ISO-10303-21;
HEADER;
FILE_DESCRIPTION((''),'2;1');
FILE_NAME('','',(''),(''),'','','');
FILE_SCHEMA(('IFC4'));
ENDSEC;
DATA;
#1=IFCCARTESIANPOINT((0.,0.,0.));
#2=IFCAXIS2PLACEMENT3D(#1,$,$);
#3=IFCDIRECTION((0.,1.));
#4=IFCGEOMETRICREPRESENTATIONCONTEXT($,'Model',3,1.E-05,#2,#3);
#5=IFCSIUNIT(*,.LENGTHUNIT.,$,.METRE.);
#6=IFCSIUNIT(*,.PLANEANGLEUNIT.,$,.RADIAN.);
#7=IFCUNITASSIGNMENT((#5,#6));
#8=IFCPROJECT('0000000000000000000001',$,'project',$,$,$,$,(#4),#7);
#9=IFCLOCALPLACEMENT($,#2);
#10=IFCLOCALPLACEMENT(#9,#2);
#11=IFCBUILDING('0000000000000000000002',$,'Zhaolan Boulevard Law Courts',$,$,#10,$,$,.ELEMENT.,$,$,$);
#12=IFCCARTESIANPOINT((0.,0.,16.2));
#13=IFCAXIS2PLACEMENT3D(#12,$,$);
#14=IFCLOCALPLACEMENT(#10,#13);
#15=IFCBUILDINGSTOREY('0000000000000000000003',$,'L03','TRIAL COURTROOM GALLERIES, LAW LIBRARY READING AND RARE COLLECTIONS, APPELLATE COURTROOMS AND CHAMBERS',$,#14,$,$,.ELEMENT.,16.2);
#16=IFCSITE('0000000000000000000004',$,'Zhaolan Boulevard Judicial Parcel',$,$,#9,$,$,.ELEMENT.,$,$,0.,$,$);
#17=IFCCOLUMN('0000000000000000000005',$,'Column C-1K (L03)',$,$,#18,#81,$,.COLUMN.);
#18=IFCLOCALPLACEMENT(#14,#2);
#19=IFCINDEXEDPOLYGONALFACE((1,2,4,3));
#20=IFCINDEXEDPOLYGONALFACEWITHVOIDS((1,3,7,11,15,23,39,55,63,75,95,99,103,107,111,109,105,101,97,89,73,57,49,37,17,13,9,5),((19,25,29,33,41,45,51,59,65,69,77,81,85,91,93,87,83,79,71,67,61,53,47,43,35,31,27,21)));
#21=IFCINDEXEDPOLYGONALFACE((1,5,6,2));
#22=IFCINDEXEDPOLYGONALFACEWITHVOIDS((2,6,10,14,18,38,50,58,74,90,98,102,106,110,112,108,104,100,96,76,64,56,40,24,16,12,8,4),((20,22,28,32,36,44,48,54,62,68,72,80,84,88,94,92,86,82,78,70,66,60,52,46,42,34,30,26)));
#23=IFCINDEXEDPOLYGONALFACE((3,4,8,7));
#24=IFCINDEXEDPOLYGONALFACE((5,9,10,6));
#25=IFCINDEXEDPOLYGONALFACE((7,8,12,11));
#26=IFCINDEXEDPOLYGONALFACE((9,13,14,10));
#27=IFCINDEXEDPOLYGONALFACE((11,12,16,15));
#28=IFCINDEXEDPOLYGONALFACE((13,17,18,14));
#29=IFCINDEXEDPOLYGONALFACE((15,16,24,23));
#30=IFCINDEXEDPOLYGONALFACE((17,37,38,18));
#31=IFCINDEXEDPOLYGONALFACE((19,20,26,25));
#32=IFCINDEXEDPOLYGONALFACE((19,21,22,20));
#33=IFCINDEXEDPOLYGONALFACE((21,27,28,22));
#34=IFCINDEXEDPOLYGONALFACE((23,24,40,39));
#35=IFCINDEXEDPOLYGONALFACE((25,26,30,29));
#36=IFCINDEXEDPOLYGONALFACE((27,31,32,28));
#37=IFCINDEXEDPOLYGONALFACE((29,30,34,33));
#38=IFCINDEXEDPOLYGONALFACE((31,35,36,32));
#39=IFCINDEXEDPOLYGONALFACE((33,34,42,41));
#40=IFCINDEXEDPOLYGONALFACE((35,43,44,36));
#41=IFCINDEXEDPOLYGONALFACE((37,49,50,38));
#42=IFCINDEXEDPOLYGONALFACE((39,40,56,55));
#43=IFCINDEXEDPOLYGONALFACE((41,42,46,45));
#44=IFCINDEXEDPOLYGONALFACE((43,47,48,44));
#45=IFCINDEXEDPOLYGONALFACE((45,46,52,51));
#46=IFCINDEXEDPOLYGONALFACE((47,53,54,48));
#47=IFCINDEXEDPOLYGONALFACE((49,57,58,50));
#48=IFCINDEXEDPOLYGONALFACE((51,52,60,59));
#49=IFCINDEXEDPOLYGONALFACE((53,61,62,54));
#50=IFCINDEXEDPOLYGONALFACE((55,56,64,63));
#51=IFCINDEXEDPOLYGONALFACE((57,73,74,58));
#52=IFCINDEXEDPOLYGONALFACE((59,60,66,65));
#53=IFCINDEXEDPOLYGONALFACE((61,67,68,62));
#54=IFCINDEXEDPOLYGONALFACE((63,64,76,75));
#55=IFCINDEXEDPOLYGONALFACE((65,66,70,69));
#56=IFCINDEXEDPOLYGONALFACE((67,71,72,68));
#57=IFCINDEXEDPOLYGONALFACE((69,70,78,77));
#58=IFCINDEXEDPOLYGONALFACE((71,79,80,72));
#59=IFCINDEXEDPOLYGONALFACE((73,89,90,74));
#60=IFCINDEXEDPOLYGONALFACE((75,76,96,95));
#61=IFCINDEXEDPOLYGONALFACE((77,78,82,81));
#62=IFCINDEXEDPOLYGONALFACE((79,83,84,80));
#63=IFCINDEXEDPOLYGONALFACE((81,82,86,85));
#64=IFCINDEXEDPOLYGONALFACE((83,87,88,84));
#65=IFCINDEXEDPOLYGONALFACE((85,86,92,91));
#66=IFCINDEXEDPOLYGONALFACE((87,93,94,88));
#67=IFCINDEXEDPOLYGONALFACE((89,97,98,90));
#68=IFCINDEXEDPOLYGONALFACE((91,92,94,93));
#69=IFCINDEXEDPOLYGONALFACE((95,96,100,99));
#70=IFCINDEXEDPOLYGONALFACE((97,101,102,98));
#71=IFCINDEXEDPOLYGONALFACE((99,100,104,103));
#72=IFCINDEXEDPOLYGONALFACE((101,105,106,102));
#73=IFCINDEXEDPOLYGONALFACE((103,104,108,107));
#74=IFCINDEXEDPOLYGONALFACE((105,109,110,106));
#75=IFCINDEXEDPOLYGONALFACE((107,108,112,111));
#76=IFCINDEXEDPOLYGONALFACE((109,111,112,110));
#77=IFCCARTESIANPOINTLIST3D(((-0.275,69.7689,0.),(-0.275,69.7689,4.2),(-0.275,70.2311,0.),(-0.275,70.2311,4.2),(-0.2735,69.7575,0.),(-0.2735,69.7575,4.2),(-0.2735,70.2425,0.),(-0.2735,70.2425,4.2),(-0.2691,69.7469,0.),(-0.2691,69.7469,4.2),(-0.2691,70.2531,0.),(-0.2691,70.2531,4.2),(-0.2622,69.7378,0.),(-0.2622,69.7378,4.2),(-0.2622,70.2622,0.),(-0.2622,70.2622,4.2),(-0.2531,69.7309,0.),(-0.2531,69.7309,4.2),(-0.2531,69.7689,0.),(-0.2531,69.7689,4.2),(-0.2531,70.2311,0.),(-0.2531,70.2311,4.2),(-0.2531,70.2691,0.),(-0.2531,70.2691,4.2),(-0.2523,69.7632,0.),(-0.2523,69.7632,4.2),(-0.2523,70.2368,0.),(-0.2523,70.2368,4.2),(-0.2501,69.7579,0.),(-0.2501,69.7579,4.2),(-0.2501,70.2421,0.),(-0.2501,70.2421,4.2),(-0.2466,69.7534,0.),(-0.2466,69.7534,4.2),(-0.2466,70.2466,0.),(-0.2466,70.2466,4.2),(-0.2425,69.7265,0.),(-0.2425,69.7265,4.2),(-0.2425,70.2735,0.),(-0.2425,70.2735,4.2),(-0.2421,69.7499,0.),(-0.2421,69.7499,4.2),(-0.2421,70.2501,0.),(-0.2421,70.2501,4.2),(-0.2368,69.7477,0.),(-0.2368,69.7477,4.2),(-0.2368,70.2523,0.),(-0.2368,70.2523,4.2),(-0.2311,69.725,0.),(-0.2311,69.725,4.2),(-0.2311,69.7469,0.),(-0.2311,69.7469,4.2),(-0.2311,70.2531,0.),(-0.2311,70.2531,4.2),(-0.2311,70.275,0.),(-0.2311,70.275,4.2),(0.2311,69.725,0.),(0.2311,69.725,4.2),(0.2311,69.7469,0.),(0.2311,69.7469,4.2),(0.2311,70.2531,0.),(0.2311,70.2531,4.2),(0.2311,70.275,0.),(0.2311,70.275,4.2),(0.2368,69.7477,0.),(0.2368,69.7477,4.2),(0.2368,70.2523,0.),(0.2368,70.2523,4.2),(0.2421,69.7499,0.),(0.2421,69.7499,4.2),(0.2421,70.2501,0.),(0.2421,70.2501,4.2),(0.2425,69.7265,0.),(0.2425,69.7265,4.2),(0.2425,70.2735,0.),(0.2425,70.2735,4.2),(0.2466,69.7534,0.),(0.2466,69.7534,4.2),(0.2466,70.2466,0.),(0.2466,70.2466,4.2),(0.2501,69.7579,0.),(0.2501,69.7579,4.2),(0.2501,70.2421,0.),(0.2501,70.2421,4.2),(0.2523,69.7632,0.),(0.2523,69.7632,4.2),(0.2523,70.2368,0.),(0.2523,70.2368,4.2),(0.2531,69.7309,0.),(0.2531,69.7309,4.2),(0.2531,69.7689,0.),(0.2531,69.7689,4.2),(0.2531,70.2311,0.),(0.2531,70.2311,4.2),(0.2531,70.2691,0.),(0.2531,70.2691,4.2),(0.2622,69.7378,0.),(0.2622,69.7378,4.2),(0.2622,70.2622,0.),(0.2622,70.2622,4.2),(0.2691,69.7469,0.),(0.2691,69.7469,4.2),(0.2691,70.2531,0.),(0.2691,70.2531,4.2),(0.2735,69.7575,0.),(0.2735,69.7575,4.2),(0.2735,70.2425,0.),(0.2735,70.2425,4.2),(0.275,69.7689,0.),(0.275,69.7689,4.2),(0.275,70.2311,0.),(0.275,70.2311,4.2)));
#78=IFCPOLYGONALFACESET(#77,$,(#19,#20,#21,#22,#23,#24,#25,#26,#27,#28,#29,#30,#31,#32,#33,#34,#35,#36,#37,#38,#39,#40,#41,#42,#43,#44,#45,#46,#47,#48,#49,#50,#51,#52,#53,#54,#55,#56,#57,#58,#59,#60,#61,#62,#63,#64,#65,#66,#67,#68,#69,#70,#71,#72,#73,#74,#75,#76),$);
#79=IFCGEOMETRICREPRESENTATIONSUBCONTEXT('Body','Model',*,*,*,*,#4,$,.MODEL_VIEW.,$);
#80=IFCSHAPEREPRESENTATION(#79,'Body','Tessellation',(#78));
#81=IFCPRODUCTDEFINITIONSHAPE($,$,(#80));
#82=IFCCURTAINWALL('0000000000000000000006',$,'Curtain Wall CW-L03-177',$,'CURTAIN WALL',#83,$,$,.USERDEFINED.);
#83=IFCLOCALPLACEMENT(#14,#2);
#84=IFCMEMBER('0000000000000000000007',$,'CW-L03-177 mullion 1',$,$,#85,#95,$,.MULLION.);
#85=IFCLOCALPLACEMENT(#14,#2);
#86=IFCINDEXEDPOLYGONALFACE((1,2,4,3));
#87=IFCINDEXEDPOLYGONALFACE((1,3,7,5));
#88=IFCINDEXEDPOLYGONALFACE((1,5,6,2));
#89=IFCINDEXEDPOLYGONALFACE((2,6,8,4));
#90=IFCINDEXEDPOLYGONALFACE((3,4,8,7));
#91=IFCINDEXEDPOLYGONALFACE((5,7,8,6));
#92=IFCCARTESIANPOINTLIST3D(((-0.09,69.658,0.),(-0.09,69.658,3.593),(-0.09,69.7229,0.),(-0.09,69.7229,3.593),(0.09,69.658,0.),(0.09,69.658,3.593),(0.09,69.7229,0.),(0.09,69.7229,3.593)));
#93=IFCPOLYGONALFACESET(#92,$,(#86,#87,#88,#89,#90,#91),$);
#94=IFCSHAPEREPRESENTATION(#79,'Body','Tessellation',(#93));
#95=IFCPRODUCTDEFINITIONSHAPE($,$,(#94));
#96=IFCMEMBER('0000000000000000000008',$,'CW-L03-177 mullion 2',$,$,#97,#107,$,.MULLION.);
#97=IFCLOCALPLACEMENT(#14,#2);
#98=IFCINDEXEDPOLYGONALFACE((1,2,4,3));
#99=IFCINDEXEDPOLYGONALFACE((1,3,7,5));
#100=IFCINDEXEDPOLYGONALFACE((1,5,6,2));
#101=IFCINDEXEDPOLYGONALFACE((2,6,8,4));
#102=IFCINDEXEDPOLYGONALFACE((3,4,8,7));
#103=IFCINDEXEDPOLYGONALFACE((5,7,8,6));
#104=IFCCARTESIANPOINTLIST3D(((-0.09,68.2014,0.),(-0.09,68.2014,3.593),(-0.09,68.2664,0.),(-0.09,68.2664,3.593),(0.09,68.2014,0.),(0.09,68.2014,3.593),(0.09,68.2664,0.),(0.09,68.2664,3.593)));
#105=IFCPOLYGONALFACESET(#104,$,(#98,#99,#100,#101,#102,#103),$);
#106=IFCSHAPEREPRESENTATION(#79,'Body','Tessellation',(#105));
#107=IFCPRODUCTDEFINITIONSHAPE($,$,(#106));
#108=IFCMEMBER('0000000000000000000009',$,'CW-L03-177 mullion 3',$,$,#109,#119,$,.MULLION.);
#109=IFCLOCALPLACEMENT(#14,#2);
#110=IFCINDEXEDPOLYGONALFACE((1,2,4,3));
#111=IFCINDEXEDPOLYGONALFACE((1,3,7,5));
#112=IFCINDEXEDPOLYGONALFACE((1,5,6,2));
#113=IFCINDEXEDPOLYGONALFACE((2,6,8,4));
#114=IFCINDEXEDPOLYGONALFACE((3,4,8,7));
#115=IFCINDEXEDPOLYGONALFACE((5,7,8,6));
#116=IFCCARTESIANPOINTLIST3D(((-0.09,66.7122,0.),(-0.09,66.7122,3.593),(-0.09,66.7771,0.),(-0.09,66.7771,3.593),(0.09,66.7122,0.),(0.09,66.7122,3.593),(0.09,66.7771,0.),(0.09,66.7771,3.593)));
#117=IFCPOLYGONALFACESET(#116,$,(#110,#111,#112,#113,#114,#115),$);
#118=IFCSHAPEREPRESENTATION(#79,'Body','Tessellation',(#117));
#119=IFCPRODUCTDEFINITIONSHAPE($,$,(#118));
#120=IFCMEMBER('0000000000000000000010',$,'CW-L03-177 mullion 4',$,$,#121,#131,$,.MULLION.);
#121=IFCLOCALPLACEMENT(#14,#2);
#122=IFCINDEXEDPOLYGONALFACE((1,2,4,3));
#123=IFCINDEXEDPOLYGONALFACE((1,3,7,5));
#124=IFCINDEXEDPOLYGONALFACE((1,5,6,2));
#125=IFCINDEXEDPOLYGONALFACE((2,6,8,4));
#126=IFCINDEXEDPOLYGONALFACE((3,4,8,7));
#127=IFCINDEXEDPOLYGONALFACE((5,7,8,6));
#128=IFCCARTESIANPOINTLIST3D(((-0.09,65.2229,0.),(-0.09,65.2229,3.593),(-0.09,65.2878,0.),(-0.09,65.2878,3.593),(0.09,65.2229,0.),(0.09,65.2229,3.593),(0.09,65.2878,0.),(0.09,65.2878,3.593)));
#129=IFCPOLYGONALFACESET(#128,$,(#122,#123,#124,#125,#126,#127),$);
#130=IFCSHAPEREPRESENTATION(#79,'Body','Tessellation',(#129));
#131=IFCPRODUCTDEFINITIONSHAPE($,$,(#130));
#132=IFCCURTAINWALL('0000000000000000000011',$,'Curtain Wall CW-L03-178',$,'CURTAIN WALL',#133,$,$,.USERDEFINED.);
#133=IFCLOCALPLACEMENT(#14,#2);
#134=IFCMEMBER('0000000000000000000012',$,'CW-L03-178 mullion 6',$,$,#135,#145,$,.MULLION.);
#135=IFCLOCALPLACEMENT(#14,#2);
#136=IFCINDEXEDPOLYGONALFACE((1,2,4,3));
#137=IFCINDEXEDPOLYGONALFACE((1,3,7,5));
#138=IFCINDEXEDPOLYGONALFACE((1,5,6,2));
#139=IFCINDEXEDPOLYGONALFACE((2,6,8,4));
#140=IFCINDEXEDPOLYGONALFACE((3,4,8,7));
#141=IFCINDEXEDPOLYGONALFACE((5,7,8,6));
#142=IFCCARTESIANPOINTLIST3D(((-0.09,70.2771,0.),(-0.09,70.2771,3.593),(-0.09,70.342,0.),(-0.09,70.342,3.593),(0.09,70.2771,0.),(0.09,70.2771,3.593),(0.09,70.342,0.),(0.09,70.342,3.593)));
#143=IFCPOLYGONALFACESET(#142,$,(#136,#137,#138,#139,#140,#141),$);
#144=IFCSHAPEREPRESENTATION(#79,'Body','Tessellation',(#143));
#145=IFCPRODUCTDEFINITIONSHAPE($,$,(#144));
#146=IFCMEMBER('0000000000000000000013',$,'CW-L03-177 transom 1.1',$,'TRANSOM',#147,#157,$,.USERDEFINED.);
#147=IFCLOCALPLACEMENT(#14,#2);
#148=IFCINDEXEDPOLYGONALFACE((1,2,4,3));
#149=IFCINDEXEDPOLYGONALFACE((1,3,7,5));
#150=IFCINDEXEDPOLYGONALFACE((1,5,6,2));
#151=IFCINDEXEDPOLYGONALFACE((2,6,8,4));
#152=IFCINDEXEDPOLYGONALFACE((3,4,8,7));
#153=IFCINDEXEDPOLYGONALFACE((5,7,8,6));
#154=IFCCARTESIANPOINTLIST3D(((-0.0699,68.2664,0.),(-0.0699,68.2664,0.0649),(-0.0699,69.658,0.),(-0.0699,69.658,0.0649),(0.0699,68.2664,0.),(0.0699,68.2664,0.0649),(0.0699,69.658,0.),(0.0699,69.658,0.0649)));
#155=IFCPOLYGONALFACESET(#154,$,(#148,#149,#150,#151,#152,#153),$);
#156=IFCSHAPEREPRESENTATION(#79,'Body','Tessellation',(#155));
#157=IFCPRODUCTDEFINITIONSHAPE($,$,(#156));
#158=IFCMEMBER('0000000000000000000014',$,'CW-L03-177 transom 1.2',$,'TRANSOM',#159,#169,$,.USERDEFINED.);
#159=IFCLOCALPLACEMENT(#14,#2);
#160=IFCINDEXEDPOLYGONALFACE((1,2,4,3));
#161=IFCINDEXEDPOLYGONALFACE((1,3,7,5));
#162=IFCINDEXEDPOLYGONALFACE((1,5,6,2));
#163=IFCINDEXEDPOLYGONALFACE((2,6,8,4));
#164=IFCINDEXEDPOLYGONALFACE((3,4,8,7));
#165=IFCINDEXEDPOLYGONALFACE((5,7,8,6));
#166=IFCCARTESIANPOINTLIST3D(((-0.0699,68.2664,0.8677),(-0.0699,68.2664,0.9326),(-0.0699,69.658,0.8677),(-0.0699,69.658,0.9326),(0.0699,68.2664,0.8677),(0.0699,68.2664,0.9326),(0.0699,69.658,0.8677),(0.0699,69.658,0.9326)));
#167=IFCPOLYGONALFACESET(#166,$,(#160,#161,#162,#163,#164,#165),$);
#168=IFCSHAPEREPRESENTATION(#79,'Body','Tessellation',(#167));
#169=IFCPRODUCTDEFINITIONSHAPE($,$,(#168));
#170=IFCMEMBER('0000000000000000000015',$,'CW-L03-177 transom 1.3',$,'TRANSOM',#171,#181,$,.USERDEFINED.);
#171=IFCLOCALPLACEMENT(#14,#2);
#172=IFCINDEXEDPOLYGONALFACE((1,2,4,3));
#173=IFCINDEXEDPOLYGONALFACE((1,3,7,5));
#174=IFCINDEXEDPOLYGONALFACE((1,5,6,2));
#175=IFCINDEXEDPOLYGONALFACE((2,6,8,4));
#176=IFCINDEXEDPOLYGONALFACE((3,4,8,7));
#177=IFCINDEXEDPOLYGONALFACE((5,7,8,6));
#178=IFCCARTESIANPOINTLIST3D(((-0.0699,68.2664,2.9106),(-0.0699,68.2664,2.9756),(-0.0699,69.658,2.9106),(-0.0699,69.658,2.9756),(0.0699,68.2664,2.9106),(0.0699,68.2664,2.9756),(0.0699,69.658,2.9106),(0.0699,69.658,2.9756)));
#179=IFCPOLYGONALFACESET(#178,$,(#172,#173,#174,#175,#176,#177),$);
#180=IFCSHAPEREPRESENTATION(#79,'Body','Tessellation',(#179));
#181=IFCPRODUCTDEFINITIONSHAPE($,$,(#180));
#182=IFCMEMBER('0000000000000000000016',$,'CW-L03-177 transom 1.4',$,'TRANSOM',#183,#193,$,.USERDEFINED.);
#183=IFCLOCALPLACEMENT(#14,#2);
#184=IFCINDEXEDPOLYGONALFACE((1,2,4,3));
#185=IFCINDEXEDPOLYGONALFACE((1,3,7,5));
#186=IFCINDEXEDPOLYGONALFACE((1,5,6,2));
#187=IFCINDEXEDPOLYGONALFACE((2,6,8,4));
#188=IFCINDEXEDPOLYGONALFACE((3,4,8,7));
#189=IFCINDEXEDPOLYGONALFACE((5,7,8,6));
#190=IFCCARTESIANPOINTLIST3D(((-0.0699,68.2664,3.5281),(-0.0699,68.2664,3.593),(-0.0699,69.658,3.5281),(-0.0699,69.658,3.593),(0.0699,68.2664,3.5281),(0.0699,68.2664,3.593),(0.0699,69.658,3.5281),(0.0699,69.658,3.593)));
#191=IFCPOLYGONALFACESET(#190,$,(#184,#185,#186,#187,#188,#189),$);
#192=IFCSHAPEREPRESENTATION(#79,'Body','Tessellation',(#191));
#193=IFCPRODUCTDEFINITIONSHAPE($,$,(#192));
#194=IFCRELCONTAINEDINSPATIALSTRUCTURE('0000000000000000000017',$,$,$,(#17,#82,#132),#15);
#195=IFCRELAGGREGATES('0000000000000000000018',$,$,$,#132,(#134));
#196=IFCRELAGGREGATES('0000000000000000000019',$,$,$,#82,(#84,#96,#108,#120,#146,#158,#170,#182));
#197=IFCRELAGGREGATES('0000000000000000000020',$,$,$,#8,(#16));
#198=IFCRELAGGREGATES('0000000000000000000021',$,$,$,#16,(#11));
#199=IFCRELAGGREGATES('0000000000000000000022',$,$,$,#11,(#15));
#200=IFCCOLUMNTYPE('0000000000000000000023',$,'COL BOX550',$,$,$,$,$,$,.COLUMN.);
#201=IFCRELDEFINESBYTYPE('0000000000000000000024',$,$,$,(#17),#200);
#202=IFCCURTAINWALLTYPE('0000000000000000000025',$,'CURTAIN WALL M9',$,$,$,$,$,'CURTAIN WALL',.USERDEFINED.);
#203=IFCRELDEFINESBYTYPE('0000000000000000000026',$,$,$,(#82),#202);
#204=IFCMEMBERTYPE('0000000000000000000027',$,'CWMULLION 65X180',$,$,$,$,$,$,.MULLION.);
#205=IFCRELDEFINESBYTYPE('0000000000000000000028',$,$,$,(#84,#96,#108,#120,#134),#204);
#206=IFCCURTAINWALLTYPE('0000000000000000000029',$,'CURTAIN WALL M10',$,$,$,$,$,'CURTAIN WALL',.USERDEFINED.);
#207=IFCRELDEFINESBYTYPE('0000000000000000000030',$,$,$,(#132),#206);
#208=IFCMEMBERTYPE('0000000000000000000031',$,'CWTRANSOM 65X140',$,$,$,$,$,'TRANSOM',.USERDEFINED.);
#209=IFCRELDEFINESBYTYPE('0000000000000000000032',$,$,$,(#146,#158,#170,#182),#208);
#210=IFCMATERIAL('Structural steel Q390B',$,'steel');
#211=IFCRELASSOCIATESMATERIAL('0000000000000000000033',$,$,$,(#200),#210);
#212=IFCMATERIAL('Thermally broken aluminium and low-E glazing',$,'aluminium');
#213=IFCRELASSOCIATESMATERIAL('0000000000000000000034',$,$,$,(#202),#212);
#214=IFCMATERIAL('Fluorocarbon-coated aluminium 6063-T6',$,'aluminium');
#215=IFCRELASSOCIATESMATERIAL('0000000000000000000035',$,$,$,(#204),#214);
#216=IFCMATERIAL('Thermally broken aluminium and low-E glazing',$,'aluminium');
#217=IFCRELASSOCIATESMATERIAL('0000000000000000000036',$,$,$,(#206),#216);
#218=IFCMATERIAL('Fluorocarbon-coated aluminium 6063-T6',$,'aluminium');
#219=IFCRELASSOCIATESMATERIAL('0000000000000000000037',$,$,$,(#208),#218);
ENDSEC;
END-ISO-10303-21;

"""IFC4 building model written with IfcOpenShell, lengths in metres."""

from ifc_helpers import new_model, si_unit, direction, frame, origin, origin_2d, place, context, subcontext, project, spatial, rectangle, hollow_rectangle, extrude, material, material_profile, profile_set, type_object, element, aggregate, save


model = new_model("IFC4")

# Units and contexts
model_context = context("Model", 3, precision=1e-05, world=origin(), true_north=direction((0.0, 1.0)))
body_context = subcontext(model_context, "Body", "Model", "MODEL_VIEW")
ifc_project = project(units=[si_unit("LENGTHUNIT", "METRE"), si_unit("PLANEANGLEUNIT", "RADIAN")], contexts=[model_context])

# Site, building, storey
site_placement = place(None, origin())
site = spatial("IfcSite", under=ifc_project, at=site_placement, Name="Zhaolan Boulevard Judicial Parcel", CompositionType="ELEMENT", RefElevation=0.0)
building_placement = place(site_placement, origin())
building = spatial("IfcBuilding", under=site, at=building_placement, Name="Zhaolan Boulevard Law Courts", CompositionType="ELEMENT")
storey_placement = place(building_placement, frame((0.0, 0.0, 16.2)))
storey = spatial("IfcBuildingStorey", under=building, at=storey_placement, Name="L03", Description="TRIAL COURTROOM GALLERIES, LAW LIBRARY READING AND RARE COLLECTIONS, APPELLATE COURTROOMS AND CHAMBERS", CompositionType="ELEMENT", Elevation=16.2)

# Column
ifc_material_1 = material(Name="Structural steel Q390B", Category="steel")
ifc_material_profile_1 = material_profile(ifc_material_1, hollow_rectangle(XDim=0.55, YDim=0.55, WallThickness=0.022, InnerFilletRadius=0.022, OuterFilletRadius=0.0439, at=origin_2d()), Name="BOX550x550x22")
ifc_profile_set_1 = profile_set([ifc_material_profile_1], Name="Structural steel Q390B")
column_type = type_object("IfcColumnType", Name="COL BOX550", PredefinedType="COLUMN", material=ifc_profile_set_1)
column_placement = place(storey_placement, frame((0.0, 70.0, 0.0), z_axis=(0.0, 0.0, 1.0), x_axis=(1.0, 0.0, 0.0)))
element("IfcColumn", 1, at=column_placement, inside=storey, type_object=column_type, Name="Column C-1K (L03)", PredefinedType="COLUMN", context=body_context, shape_type="SweptSolid", body=[
    extrude(hollow_rectangle(XDim=0.55, YDim=0.55, WallThickness=0.022, InnerFilletRadius=0.022, OuterFilletRadius=0.0439, at=origin_2d()), origin(), (0.0, 0.0, 1.0), 4.2),
])

# Curtain wall, members
ifc_material_2 = material(Name="Thermally broken aluminium and low-E glazing", Category="aluminium")
curtain_wall_type_1 = type_object("IfcCurtainWallType", Name="CURTAIN WALL M9", ElementType="CURTAIN WALL", PredefinedType="USERDEFINED", material=ifc_material_2)
curtain_wall_1_placement = place(storey_placement, origin())
curtain_wall_1 = element("IfcCurtainWall", 2, at=curtain_wall_1_placement, inside=storey, type_object=curtain_wall_type_1, Name="Curtain Wall CW-L03-177", ObjectType="CURTAIN WALL", PredefinedType="USERDEFINED")
ifc_material_3 = material(Name="Fluorocarbon-coated aluminium 6063-T6", Category="aluminium")
ifc_material_profile_2 = material_profile(ifc_material_3, rectangle(XDim=0.1799, YDim=0.0649, at=origin_2d()), Name="AL65x180")
ifc_profile_set_2 = profile_set([ifc_material_profile_2], Name="Fluorocarbon-coated aluminium 6063-T6")
member_type_1 = type_object("IfcMemberType", Name="CWMULLION 65X180", PredefinedType="MULLION", material=ifc_profile_set_2)
member_1_placement = place(storey_placement, frame((0.0, 69.6904, 0.0), z_axis=(0.0, 0.0, 1.0), x_axis=(1.0, 0.0, 0.0)))
member_1 = element("IfcMember", 3, at=member_1_placement, type_object=member_type_1, Name="CW-L03-177 mullion 1", PredefinedType="MULLION", context=body_context, shape_type="SweptSolid", body=[
    extrude(rectangle(XDim=0.1799, YDim=0.0649, at=origin_2d()), origin(), (0.0, 0.0, 1.0), 3.593),
])
member_2_placement = place(storey_placement, frame((0.0, 68.2339, 0.0), z_axis=(0.0, 0.0, 1.0), x_axis=(1.0, 0.0, 0.0)))
member_2 = element("IfcMember", 4, at=member_2_placement, type_object=member_type_1, Name="CW-L03-177 mullion 2", PredefinedType="MULLION", context=body_context, shape_type="SweptSolid", body=[
    extrude(rectangle(XDim=0.1799, YDim=0.0649, at=origin_2d()), origin(), (0.0, 0.0, 1.0), 3.593),
])
member_3_placement = place(storey_placement, frame((0.0, 66.7446, 0.0), z_axis=(0.0, 0.0, 1.0), x_axis=(1.0, 0.0, 0.0)))
member_3 = element("IfcMember", 5, at=member_3_placement, type_object=member_type_1, Name="CW-L03-177 mullion 3", PredefinedType="MULLION", context=body_context, shape_type="SweptSolid", body=[
    extrude(rectangle(XDim=0.1799, YDim=0.0649, at=origin_2d()), origin(), (0.0, 0.0, 1.0), 3.593),
])
member_4_placement = place(storey_placement, frame((0.0, 65.2554, 0.0), z_axis=(0.0, 0.0, 1.0), x_axis=(1.0, 0.0, 0.0)))
member_4 = element("IfcMember", 6, at=member_4_placement, type_object=member_type_1, Name="CW-L03-177 mullion 4", PredefinedType="MULLION", context=body_context, shape_type="SweptSolid", body=[
    extrude(rectangle(XDim=0.1799, YDim=0.0649, at=origin_2d()), origin(), (0.0, 0.0, 1.0), 3.593),
])

# Curtain wall, member
ifc_material_4 = material(Name="Thermally broken aluminium and low-E glazing", Category="aluminium")
curtain_wall_type_2 = type_object("IfcCurtainWallType", Name="CURTAIN WALL M10", ElementType="CURTAIN WALL", PredefinedType="USERDEFINED", material=ifc_material_4)
curtain_wall_2_placement = place(storey_placement, origin())
curtain_wall_2 = element("IfcCurtainWall", 7, at=curtain_wall_2_placement, inside=storey, type_object=curtain_wall_type_2, Name="Curtain Wall CW-L03-178", ObjectType="CURTAIN WALL", PredefinedType="USERDEFINED")
member_5_placement = place(storey_placement, frame((0.0, 70.3096, 0.0), z_axis=(0.0, 0.0, 1.0), x_axis=(1.0, 0.0, 0.0)))
member_5 = element("IfcMember", 8, at=member_5_placement, type_object=member_type_1, Name="CW-L03-178 mullion 6", PredefinedType="MULLION", context=body_context, shape_type="SweptSolid", body=[
    extrude(rectangle(XDim=0.1799, YDim=0.0649, at=origin_2d()), origin(), (0.0, 0.0, 1.0), 3.593),
])
aggregate(curtain_wall_2, [member_5])

# Members
ifc_material_5 = material(Name="Fluorocarbon-coated aluminium 6063-T6", Category="aluminium")
ifc_material_profile_3 = material_profile(ifc_material_5, rectangle(XDim=0.1399, YDim=0.0649, at=origin_2d()), Name="AL65x140")
ifc_profile_set_3 = profile_set([ifc_material_profile_3], Name="Fluorocarbon-coated aluminium 6063-T6")
member_type_2 = type_object("IfcMemberType", Name="CWTRANSOM 65X140", ElementType="TRANSOM", PredefinedType="USERDEFINED", material=ifc_profile_set_3)
member_6_placement = place(storey_placement, frame((0.0, 69.658, 0.0325), z_axis=(0.0, -1.0, 0.0), x_axis=(1.0, 0.0, 0.0)))
member_6 = element("IfcMember", 9, at=member_6_placement, type_object=member_type_2, Name="CW-L03-177 transom 1.1", ObjectType="TRANSOM", PredefinedType="USERDEFINED", context=body_context, shape_type="SweptSolid", body=[
    extrude(rectangle(XDim=0.1399, YDim=0.0649, at=origin_2d()), origin(), (0.0, 0.0, 1.0), 1.3916),
])
member_7_placement = place(storey_placement, frame((0.0, 69.658, 0.9001), z_axis=(0.0, -1.0, 0.0), x_axis=(1.0, 0.0, 0.0)))
member_7 = element("IfcMember", 10, at=member_7_placement, type_object=member_type_2, Name="CW-L03-177 transom 1.2", ObjectType="TRANSOM", PredefinedType="USERDEFINED", context=body_context, shape_type="SweptSolid", body=[
    extrude(rectangle(XDim=0.1399, YDim=0.0649, at=origin_2d()), origin(), (0.0, 0.0, 1.0), 1.3916),
])
member_8_placement = place(storey_placement, frame((0.0, 69.658, 2.9431), z_axis=(0.0, -1.0, 0.0), x_axis=(1.0, 0.0, 0.0)))
member_8 = element("IfcMember", 11, at=member_8_placement, type_object=member_type_2, Name="CW-L03-177 transom 1.3", ObjectType="TRANSOM", PredefinedType="USERDEFINED", context=body_context, shape_type="SweptSolid", body=[
    extrude(rectangle(XDim=0.1399, YDim=0.0649, at=origin_2d()), origin(), (0.0, 0.0, 1.0), 1.3916),
])
member_9_placement = place(storey_placement, frame((0.0, 69.658, 3.5605), z_axis=(0.0, -1.0, 0.0), x_axis=(1.0, 0.0, 0.0)))
member_9 = element("IfcMember", 12, at=member_9_placement, type_object=member_type_2, Name="CW-L03-177 transom 1.4", ObjectType="TRANSOM", PredefinedType="USERDEFINED", context=body_context, shape_type="SweptSolid", body=[
    extrude(rectangle(XDim=0.1399, YDim=0.0649, at=origin_2d()), origin(), (0.0, 0.0, 1.0), 1.3916),
])

aggregate(curtain_wall_1, [member_1, member_2, member_3, member_4, member_6, member_7, member_8, member_9])

save(model, "model.ifc")
